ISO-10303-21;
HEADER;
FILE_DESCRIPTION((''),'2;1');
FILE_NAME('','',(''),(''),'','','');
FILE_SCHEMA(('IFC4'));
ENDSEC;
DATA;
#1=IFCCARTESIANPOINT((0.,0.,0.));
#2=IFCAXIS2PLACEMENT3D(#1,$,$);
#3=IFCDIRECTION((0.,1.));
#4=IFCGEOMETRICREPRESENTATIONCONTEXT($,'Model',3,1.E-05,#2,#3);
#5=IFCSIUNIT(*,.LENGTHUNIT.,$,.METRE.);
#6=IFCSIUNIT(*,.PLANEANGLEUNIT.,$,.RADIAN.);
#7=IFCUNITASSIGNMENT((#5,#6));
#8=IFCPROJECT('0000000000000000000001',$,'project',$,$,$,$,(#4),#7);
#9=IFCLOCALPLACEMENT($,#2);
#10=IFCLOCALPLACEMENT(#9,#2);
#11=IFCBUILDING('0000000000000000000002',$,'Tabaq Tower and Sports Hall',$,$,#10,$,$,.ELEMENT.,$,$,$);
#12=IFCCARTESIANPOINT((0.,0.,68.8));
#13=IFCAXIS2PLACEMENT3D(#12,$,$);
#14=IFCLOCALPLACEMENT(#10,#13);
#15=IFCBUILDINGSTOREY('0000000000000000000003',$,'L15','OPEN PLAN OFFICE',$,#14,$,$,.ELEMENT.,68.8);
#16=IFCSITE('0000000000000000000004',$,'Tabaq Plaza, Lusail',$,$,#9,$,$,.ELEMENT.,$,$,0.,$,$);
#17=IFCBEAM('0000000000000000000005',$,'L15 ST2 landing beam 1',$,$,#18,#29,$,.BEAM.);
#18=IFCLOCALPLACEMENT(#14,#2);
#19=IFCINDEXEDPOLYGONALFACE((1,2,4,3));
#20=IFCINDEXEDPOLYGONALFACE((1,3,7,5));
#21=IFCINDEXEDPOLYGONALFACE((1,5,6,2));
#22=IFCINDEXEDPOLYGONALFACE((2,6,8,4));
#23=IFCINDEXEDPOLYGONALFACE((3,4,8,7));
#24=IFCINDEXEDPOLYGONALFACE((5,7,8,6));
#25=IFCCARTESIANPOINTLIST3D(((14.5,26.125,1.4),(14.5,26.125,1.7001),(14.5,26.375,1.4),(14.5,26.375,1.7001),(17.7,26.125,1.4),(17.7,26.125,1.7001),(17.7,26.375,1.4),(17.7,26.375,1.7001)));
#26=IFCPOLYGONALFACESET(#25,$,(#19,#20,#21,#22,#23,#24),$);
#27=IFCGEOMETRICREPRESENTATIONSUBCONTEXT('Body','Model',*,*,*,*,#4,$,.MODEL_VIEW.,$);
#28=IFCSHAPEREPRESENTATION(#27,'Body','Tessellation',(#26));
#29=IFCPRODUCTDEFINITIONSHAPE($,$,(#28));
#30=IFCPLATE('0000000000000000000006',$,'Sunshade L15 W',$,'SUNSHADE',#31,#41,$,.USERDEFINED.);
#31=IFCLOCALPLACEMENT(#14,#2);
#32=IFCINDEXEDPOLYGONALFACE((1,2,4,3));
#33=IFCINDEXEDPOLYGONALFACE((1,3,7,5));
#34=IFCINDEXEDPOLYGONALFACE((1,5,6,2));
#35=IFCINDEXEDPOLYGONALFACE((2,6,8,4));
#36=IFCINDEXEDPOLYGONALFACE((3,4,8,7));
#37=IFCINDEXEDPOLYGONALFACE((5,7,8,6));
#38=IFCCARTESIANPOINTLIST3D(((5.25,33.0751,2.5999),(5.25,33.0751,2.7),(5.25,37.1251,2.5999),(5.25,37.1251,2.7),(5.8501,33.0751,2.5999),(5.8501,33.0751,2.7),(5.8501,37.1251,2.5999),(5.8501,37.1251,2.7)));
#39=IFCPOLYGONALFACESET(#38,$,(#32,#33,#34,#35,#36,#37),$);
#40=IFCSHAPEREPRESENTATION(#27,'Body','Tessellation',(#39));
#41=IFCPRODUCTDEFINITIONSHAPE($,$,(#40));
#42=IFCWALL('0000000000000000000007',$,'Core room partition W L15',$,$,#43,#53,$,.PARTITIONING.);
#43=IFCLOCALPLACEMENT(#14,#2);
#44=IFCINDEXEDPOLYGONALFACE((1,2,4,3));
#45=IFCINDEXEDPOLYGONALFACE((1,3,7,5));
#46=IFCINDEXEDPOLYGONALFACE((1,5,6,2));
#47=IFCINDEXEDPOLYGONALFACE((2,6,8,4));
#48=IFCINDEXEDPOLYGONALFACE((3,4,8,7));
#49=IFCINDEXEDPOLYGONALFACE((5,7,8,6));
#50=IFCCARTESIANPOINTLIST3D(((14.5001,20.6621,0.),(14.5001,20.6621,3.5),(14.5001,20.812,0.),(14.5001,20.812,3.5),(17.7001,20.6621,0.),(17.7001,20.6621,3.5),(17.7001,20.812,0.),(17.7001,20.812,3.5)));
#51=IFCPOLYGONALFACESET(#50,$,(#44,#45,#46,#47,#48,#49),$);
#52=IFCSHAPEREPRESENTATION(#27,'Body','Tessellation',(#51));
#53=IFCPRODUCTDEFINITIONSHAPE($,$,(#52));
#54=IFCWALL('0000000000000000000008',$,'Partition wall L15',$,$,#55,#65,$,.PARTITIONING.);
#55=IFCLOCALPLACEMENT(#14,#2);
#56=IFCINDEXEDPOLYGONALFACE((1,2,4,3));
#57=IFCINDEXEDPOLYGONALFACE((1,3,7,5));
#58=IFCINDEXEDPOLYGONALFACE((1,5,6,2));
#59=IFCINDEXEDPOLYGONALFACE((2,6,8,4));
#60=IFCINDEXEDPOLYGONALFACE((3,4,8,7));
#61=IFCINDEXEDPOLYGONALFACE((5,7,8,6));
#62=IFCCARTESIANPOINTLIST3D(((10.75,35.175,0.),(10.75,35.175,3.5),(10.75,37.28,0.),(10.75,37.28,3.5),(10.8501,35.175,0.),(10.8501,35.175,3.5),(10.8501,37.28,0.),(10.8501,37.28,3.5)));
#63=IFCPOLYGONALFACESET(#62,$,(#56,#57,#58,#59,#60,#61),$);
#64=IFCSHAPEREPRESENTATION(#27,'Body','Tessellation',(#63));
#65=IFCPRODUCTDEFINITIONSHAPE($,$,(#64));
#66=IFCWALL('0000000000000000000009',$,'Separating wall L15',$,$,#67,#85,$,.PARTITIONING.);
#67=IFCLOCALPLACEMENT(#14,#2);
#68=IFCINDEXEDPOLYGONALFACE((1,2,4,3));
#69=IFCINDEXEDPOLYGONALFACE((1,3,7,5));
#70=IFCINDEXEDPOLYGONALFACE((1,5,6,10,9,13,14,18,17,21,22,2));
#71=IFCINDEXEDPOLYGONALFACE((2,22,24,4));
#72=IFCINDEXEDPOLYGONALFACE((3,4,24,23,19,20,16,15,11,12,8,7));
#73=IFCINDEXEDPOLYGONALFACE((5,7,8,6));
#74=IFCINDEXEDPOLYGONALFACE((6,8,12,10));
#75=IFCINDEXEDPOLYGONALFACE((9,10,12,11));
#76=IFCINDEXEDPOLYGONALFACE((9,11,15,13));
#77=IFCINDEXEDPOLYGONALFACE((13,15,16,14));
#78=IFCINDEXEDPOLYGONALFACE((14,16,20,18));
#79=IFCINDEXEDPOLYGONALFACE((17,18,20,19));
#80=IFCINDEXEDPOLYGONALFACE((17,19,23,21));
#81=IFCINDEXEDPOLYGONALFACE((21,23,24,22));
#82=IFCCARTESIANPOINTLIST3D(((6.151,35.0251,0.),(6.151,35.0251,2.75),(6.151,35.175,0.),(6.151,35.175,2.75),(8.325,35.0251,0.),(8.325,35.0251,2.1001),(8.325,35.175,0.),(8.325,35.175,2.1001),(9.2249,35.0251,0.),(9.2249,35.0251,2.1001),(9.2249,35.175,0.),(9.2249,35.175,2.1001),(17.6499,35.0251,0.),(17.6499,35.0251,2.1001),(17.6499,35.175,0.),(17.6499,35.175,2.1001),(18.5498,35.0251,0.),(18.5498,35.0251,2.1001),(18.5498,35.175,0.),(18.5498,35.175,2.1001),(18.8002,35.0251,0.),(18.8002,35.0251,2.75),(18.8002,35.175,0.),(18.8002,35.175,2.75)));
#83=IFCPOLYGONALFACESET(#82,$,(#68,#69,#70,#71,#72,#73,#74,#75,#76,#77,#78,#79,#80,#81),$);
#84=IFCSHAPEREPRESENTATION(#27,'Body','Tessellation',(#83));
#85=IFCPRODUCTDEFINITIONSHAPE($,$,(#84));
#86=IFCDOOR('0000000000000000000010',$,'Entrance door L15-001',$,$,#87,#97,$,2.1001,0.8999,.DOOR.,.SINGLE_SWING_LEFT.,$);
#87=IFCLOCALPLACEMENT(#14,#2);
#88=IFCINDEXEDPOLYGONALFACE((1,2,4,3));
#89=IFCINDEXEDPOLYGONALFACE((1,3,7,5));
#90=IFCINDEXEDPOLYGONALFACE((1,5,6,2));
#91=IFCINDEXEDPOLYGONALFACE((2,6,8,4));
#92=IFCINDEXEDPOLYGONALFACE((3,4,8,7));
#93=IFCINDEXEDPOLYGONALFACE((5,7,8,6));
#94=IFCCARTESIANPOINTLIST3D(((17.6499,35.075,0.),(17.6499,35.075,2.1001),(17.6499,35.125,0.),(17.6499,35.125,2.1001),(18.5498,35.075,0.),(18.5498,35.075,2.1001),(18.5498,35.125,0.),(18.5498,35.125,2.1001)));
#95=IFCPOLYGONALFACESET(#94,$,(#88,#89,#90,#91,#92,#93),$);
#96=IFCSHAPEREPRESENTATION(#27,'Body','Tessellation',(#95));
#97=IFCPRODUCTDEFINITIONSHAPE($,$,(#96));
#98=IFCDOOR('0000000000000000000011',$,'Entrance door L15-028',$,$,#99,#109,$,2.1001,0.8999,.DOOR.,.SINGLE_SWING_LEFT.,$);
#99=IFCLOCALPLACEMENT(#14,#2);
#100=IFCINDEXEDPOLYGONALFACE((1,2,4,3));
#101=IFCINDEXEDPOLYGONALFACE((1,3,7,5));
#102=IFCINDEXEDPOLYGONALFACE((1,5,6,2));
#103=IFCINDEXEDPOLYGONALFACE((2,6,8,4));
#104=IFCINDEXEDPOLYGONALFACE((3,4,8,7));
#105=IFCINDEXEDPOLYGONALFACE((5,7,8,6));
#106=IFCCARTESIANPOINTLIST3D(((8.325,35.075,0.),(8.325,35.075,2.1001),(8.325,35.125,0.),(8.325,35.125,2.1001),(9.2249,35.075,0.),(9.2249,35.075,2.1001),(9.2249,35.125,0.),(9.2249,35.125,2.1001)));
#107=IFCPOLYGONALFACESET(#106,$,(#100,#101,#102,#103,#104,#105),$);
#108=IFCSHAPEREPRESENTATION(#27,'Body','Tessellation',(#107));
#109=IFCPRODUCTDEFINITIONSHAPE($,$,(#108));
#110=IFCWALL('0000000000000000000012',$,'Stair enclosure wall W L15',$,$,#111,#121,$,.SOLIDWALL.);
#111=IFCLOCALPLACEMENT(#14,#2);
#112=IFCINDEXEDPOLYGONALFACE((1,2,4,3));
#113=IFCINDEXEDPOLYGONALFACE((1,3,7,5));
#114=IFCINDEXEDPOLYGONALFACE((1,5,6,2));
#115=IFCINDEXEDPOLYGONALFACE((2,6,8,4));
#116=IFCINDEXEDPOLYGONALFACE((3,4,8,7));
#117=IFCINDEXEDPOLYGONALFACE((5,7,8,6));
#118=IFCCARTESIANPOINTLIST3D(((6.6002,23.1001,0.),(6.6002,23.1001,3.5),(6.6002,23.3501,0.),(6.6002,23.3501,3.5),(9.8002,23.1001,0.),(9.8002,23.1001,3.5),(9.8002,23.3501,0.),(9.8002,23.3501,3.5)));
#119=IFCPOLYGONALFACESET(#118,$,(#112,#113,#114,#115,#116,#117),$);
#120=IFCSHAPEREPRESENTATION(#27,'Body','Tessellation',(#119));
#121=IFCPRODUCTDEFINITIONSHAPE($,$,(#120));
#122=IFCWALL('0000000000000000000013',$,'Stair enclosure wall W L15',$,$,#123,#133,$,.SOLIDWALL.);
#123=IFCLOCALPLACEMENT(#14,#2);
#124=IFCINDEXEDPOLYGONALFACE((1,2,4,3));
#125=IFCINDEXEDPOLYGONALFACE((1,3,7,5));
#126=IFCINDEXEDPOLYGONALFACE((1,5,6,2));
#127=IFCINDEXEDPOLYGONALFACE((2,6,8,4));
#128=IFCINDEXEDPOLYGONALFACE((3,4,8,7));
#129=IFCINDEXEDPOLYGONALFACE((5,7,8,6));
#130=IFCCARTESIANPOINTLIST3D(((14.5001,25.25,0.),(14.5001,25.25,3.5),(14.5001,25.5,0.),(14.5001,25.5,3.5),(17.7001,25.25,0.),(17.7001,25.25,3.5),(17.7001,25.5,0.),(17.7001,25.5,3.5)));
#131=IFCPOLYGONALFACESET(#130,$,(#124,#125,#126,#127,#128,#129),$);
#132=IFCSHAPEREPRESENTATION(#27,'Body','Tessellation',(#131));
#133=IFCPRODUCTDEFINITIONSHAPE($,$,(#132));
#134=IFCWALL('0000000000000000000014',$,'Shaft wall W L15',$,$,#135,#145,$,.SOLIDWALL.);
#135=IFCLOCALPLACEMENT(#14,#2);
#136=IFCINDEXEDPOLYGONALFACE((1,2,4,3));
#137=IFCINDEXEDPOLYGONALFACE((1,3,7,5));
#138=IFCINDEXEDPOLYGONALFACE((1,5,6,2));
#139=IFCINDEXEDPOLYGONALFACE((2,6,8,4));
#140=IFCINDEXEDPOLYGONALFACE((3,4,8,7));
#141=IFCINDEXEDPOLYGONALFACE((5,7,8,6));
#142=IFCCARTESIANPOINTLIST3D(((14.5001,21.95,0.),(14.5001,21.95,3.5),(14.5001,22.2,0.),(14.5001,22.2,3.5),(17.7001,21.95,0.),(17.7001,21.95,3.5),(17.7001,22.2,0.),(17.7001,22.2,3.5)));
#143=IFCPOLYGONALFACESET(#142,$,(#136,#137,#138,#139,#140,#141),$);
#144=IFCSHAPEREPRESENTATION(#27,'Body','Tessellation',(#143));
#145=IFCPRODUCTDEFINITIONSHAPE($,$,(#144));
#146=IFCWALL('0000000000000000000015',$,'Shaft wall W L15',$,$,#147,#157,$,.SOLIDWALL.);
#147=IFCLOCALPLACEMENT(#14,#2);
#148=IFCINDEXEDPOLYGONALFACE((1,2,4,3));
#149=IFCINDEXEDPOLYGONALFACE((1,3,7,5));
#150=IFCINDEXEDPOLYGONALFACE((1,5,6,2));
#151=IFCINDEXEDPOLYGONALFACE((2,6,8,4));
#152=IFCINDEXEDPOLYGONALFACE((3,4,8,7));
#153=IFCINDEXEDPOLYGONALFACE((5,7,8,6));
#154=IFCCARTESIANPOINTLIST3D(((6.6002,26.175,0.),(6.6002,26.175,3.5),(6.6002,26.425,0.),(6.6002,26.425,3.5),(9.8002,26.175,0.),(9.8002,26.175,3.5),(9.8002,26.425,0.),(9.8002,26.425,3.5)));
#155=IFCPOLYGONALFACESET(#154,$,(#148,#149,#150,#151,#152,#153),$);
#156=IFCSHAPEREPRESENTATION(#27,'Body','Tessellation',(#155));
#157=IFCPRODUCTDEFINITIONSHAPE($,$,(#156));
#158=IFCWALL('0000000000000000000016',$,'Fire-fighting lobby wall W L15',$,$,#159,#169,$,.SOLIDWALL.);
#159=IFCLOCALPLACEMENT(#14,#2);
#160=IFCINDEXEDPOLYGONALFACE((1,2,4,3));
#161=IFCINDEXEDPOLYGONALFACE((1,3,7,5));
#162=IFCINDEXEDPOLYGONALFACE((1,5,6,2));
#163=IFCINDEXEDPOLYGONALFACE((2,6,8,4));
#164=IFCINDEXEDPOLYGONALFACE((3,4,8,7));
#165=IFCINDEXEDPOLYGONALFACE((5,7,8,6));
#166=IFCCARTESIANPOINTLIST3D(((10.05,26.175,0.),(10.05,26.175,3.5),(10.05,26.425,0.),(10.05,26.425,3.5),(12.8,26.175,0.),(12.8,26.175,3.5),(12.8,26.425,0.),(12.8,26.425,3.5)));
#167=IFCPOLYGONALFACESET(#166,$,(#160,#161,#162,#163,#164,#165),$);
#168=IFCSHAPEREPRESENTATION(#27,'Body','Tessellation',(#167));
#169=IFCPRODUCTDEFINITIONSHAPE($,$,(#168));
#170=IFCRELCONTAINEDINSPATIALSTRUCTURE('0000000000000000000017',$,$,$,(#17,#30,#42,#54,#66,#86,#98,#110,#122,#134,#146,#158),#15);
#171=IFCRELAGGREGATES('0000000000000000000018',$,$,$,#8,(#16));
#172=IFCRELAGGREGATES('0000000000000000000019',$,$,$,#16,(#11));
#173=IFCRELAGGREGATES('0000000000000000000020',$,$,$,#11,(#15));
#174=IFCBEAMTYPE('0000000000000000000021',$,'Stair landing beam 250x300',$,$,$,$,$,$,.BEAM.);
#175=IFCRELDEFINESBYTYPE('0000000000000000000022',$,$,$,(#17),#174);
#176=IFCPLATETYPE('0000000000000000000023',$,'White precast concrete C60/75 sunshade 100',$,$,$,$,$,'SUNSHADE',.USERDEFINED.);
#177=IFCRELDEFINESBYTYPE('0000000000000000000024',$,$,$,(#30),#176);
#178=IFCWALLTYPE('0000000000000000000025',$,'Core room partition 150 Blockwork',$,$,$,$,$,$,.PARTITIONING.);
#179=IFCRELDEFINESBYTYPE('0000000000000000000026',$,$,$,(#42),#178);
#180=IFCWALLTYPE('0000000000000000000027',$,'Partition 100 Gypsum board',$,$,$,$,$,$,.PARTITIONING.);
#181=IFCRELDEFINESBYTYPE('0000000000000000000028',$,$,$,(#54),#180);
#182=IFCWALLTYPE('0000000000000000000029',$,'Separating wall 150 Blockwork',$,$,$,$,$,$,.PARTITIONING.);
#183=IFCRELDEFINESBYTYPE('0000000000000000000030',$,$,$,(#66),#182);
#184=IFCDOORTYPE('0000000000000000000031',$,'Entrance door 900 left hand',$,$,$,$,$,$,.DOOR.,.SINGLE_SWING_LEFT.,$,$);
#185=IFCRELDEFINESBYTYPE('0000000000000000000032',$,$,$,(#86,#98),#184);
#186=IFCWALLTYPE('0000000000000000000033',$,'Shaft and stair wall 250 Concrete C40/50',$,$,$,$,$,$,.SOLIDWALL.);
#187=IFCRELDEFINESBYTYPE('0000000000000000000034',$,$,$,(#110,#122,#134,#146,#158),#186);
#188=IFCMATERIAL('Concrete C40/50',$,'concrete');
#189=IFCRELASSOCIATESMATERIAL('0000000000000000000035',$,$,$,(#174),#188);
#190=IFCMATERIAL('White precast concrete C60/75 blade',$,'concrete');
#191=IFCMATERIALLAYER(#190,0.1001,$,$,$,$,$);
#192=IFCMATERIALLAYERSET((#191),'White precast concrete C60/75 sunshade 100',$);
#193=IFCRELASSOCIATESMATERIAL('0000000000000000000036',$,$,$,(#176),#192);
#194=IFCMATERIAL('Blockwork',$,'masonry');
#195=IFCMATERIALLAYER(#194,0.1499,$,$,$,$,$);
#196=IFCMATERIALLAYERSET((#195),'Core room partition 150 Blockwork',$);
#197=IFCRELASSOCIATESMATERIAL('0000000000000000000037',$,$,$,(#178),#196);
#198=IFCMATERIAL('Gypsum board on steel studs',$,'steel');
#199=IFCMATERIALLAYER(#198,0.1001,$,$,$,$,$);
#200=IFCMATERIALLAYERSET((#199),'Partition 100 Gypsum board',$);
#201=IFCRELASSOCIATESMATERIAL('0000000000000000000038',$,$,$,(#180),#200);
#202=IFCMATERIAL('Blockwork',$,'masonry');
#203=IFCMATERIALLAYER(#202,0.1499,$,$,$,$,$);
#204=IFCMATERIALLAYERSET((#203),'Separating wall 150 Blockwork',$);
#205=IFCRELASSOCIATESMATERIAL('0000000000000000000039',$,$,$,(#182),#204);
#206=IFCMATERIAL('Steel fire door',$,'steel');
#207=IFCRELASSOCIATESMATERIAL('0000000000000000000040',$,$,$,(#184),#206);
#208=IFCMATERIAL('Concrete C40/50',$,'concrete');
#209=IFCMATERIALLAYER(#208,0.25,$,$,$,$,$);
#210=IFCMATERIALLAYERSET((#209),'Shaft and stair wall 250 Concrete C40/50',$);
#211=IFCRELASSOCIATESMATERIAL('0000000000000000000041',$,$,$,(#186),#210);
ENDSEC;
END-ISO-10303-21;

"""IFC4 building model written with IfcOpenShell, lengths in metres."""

from ifc_helpers import new_model, si_unit, direction, frame, frame_2d, origin, origin_2d, place, context, subcontext, project, spatial, rectangle, extrude, material, layer, layer_set, material_profile, profile_set, type_object, element, fill, save


model = new_model("IFC4")

# Units and contexts
model_context = context("Model", 3, precision=1e-05, world=origin(), true_north=direction((0.0, 1.0)))
body_context = subcontext(model_context, "Body", "Model", "MODEL_VIEW")
ifc_project = project(units=[si_unit("LENGTHUNIT", "METRE"), si_unit("PLANEANGLEUNIT", "RADIAN")], contexts=[model_context])

# Site, building, storey
site_placement = place(None, origin())
site = spatial("IfcSite", under=ifc_project, at=site_placement, Name="Tabaq Plaza, Lusail", CompositionType="ELEMENT", RefElevation=0.0)
building_placement = place(site_placement, origin())
building = spatial("IfcBuilding", under=site, at=building_placement, Name="Tabaq Tower and Sports Hall", CompositionType="ELEMENT")
storey_placement = place(building_placement, frame((0.0, 0.0, 68.8)))
storey = spatial("IfcBuildingStorey", under=building, at=storey_placement, Name="L15", Description="OPEN PLAN OFFICE", CompositionType="ELEMENT", Elevation=68.8)

# Beam
ifc_material_1 = material(Name="Concrete C40/50", Category="concrete")
ifc_material_profile = material_profile(ifc_material_1, rectangle(XDim=0.25, YDim=0.3, at=origin_2d()), Name="RC 250x300")
ifc_profile_set = profile_set([ifc_material_profile], Name="Concrete C40/50")
beam_type = type_object("IfcBeamType", Name="Stair landing beam 250x300", PredefinedType="BEAM", material=ifc_profile_set)
beam_placement = place(storey_placement, frame((14.5, 26.25, 1.55), z_axis=(1.0, 0.0, 0.0), x_axis=(0.0, 1.0, 0.0)))
element("IfcBeam", 1, at=beam_placement, inside=storey, type_object=beam_type, Name="L15 ST2 landing beam 1", PredefinedType="BEAM", context=body_context, shape_type="SweptSolid", body=[
    extrude(rectangle(XDim=0.25, YDim=0.3, at=origin_2d()), origin(), (0.0, 0.0, 1.0), 3.2),
])

# Plate
ifc_material_2 = material(Name="White precast concrete C60/75 blade", Category="concrete")
ifc_layer_1 = layer(ifc_material_2, 0.1001)
ifc_layer_set_1 = layer_set([ifc_layer_1], Name="White precast concrete C60/75 sunshade 100")
plate_type = type_object("IfcPlateType", Name="White precast concrete C60/75 sunshade 100", ElementType="SUNSHADE", PredefinedType="USERDEFINED", material=ifc_layer_set_1)
plate_placement = place(storey_placement, frame((5.55, 35.1001, 2.5999), z_axis=(0.0, 0.0, 1.0), x_axis=(0.0, -1.0, 0.0)))
element("IfcPlate", 2, at=plate_placement, inside=storey, type_object=plate_type, Name="Sunshade L15 W", ObjectType="SUNSHADE", PredefinedType="USERDEFINED", context=body_context, shape_type="SweptSolid", body=[
    extrude(rectangle(XDim=4.05, YDim=0.6001, at=origin_2d()), origin(), (0.0, 0.0, 1.0), 0.1001),
])

# Wall
ifc_material_3 = material(Name="Blockwork", Category="masonry")
ifc_layer_2 = layer(ifc_material_3, 0.1499)
ifc_layer_set_2 = layer_set([ifc_layer_2], Name="Core room partition 150 Blockwork")
wall_type_1 = type_object("IfcWallType", Name="Core room partition 150 Blockwork", PredefinedType="PARTITIONING", material=ifc_layer_set_2)
wall_1_placement = place(storey_placement, frame((14.5, 20.7371, 0.0), z_axis=(0.0, 0.0, 1.0), x_axis=(1.0, 0.0, 0.0)))
element("IfcWall", 3, at=wall_1_placement, inside=storey, type_object=wall_type_1, Name="Core room partition W L15", PredefinedType="PARTITIONING", context=body_context, shape_type="SweptSolid", body=[
    extrude(rectangle(XDim=3.2, YDim=0.1499, at=frame_2d((1.6001, 0.0))), origin(), (0.0, 0.0, 1.0), 3.5),
])

# Wall
ifc_material_4 = material(Name="Gypsum board on steel studs", Category="steel")
ifc_layer_3 = layer(ifc_material_4, 0.1001)
ifc_layer_set_3 = layer_set([ifc_layer_3], Name="Partition 100 Gypsum board")
wall_type_2 = type_object("IfcWallType", Name="Partition 100 Gypsum board", PredefinedType="PARTITIONING", material=ifc_layer_set_3)
wall_2_placement = place(storey_placement, frame((10.8, 35.175, 0.0), z_axis=(0.0, 0.0, 1.0), x_axis=(0.0, 1.0, 0.0)))
element("IfcWall", 4, at=wall_2_placement, inside=storey, type_object=wall_type_2, Name="Partition wall L15", PredefinedType="PARTITIONING", context=body_context, shape_type="SweptSolid", body=[
    extrude(rectangle(XDim=2.105, YDim=0.1001, at=frame_2d((1.0525, 0.0))), origin(), (0.0, 0.0, 1.0), 3.5),
])

# Wall, openings, doors
ifc_material_5 = material(Name="Blockwork", Category="masonry")
ifc_layer_4 = layer(ifc_material_5, 0.1499)
ifc_layer_set_4 = layer_set([ifc_layer_4], Name="Separating wall 150 Blockwork")
wall_type_3 = type_object("IfcWallType", Name="Separating wall 150 Blockwork", PredefinedType="PARTITIONING", material=ifc_layer_set_4)
wall_3_placement = place(storey_placement, frame((6.1509, 35.1001, 0.0), z_axis=(0.0, 0.0, 1.0), x_axis=(1.0, 0.0, 0.0)))
wall_3 = element("IfcWall", 5, at=wall_3_placement, inside=storey, type_object=wall_type_3, Name="Separating wall L15", PredefinedType="PARTITIONING", context=body_context, shape_type="SweptSolid", body=[
    extrude(rectangle(XDim=12.6492, YDim=0.1499, at=frame_2d((6.3247, 0.0))), origin(), (0.0, 0.0, 1.0), 2.75),
])
opening_1_placement = place(wall_3_placement, frame((11.499, 0.0, 0.0)))
opening_1 = element("IfcOpeningElement", 6, at=opening_1_placement, cuts=wall_3, PredefinedType="OPENING", context=body_context, shape_type="SweptSolid", body=[
    extrude(rectangle(XDim=0.8999, YDim=2.1001, at=frame_2d((0.45, 1.05))), frame((0.0, 0.075, 0.0), z_axis=(0.0, -1.0, 0.0), x_axis=(1.0, 0.0, 0.0)), (0.0, 0.0, 1.0), 0.1499),
])
opening_2_placement = place(wall_3_placement, frame((2.1741, 0.0, 0.0)))
opening_2 = element("IfcOpeningElement", 7, at=opening_2_placement, cuts=wall_3, PredefinedType="OPENING", context=body_context, shape_type="SweptSolid", body=[
    extrude(rectangle(XDim=0.8999, YDim=2.1001, at=frame_2d((0.45, 1.05))), frame((0.0, 0.075, 0.0), z_axis=(0.0, -1.0, 0.0), x_axis=(1.0, 0.0, 0.0)), (0.0, 0.0, 1.0), 0.1499),
])
ifc_material_6 = material(Name="Steel fire door", Category="steel")
door_type_1 = type_object("IfcDoorType", Name="Entrance door 900 left hand", OperationType="SINGLE_SWING_LEFT", PredefinedType="DOOR", material=ifc_material_6)
door_1_placement = place(opening_1_placement, origin())
door_1 = element("IfcDoor", 8, at=door_1_placement, inside=storey, type_object=door_type_1, Name="Entrance door L15-001", OperationType="SINGLE_SWING_LEFT", OverallHeight=2.1001, OverallWidth=0.8999, PredefinedType="DOOR", context=body_context, shape_type="SweptSolid", body=[
    extrude(rectangle(XDim=0.8999, YDim=2.1001, at=frame_2d((0.45, 1.05))), frame((0.0, 0.0249, 0.0), z_axis=(0.0, -1.0, 0.0), x_axis=(1.0, 0.0, 0.0)), (0.0, 0.0, 1.0), 0.05),
])
fill(opening_1, door_1)
door_2_placement = place(opening_2_placement, origin())
door_2 = element("IfcDoor", 9, at=door_2_placement, inside=storey, type_object=door_type_1, Name="Entrance door L15-028", OperationType="SINGLE_SWING_LEFT", OverallHeight=2.1001, OverallWidth=0.8999, PredefinedType="DOOR", context=body_context, shape_type="SweptSolid", body=[
    extrude(rectangle(XDim=0.8999, YDim=2.1001, at=frame_2d((0.45, 1.05))), frame((0.0, 0.0249, 0.0), z_axis=(0.0, -1.0, 0.0), x_axis=(1.0, 0.0, 0.0)), (0.0, 0.0, 1.0), 0.05),
])
fill(opening_2, door_2)

# Walls
ifc_material_7 = material(Name="Concrete C40/50", Category="concrete")
ifc_layer_5 = layer(ifc_material_7, 0.25)
ifc_layer_set_5 = layer_set([ifc_layer_5], Name="Shaft and stair wall 250 Concrete C40/50")
wall_type_4 = type_object("IfcWallType", Name="Shaft and stair wall 250 Concrete C40/50", PredefinedType="SOLIDWALL", material=ifc_layer_set_5)
for number, where, z_axis, x_axis, name in (
    (10, (6.6001, 23.2251, 0.0), (0.0, 0.0, 1.0), (1.0, 0.0, 0.0), "Stair enclosure wall W L15"),
    (11, (14.5, 25.375, 0.0), (0.0, 0.0, 1.0), (1.0, 0.0, 0.0), "Stair enclosure wall W L15"),
    (12, (14.5, 22.075, 0.0), (0.0, 0.0, 1.0), (1.0, 0.0, 0.0), "Shaft wall W L15"),
    (13, (6.6001, 26.3, 0.0), (0.0, 0.0, 1.0), (1.0, 0.0, 0.0), "Shaft wall W L15"),
):
    element("IfcWall", number, at=place(storey_placement, frame(where, z_axis=z_axis, x_axis=x_axis)), inside=storey, type_object=wall_type_4, Name=name, PredefinedType="SOLIDWALL", context=body_context, shape_type="SweptSolid", body=[
        extrude(rectangle(XDim=3.2, YDim=0.25, at=frame_2d((1.6001, 0.0))), origin(), (0.0, 0.0, 1.0), 3.5),
    ])
wall_4_placement = place(storey_placement, frame((10.05, 26.3, 0.0), z_axis=(0.0, 0.0, 1.0), x_axis=(1.0, 0.0, 0.0)))
element("IfcWall", 14, at=wall_4_placement, inside=storey, type_object=wall_type_4, Name="Fire-fighting lobby wall W L15", PredefinedType="SOLIDWALL", context=body_context, shape_type="SweptSolid", body=[
    extrude(rectangle(XDim=2.75, YDim=0.25, at=frame_2d((1.375, 0.0))), origin(), (0.0, 0.0, 1.0), 3.5),
])

save(model, "model.ifc")
